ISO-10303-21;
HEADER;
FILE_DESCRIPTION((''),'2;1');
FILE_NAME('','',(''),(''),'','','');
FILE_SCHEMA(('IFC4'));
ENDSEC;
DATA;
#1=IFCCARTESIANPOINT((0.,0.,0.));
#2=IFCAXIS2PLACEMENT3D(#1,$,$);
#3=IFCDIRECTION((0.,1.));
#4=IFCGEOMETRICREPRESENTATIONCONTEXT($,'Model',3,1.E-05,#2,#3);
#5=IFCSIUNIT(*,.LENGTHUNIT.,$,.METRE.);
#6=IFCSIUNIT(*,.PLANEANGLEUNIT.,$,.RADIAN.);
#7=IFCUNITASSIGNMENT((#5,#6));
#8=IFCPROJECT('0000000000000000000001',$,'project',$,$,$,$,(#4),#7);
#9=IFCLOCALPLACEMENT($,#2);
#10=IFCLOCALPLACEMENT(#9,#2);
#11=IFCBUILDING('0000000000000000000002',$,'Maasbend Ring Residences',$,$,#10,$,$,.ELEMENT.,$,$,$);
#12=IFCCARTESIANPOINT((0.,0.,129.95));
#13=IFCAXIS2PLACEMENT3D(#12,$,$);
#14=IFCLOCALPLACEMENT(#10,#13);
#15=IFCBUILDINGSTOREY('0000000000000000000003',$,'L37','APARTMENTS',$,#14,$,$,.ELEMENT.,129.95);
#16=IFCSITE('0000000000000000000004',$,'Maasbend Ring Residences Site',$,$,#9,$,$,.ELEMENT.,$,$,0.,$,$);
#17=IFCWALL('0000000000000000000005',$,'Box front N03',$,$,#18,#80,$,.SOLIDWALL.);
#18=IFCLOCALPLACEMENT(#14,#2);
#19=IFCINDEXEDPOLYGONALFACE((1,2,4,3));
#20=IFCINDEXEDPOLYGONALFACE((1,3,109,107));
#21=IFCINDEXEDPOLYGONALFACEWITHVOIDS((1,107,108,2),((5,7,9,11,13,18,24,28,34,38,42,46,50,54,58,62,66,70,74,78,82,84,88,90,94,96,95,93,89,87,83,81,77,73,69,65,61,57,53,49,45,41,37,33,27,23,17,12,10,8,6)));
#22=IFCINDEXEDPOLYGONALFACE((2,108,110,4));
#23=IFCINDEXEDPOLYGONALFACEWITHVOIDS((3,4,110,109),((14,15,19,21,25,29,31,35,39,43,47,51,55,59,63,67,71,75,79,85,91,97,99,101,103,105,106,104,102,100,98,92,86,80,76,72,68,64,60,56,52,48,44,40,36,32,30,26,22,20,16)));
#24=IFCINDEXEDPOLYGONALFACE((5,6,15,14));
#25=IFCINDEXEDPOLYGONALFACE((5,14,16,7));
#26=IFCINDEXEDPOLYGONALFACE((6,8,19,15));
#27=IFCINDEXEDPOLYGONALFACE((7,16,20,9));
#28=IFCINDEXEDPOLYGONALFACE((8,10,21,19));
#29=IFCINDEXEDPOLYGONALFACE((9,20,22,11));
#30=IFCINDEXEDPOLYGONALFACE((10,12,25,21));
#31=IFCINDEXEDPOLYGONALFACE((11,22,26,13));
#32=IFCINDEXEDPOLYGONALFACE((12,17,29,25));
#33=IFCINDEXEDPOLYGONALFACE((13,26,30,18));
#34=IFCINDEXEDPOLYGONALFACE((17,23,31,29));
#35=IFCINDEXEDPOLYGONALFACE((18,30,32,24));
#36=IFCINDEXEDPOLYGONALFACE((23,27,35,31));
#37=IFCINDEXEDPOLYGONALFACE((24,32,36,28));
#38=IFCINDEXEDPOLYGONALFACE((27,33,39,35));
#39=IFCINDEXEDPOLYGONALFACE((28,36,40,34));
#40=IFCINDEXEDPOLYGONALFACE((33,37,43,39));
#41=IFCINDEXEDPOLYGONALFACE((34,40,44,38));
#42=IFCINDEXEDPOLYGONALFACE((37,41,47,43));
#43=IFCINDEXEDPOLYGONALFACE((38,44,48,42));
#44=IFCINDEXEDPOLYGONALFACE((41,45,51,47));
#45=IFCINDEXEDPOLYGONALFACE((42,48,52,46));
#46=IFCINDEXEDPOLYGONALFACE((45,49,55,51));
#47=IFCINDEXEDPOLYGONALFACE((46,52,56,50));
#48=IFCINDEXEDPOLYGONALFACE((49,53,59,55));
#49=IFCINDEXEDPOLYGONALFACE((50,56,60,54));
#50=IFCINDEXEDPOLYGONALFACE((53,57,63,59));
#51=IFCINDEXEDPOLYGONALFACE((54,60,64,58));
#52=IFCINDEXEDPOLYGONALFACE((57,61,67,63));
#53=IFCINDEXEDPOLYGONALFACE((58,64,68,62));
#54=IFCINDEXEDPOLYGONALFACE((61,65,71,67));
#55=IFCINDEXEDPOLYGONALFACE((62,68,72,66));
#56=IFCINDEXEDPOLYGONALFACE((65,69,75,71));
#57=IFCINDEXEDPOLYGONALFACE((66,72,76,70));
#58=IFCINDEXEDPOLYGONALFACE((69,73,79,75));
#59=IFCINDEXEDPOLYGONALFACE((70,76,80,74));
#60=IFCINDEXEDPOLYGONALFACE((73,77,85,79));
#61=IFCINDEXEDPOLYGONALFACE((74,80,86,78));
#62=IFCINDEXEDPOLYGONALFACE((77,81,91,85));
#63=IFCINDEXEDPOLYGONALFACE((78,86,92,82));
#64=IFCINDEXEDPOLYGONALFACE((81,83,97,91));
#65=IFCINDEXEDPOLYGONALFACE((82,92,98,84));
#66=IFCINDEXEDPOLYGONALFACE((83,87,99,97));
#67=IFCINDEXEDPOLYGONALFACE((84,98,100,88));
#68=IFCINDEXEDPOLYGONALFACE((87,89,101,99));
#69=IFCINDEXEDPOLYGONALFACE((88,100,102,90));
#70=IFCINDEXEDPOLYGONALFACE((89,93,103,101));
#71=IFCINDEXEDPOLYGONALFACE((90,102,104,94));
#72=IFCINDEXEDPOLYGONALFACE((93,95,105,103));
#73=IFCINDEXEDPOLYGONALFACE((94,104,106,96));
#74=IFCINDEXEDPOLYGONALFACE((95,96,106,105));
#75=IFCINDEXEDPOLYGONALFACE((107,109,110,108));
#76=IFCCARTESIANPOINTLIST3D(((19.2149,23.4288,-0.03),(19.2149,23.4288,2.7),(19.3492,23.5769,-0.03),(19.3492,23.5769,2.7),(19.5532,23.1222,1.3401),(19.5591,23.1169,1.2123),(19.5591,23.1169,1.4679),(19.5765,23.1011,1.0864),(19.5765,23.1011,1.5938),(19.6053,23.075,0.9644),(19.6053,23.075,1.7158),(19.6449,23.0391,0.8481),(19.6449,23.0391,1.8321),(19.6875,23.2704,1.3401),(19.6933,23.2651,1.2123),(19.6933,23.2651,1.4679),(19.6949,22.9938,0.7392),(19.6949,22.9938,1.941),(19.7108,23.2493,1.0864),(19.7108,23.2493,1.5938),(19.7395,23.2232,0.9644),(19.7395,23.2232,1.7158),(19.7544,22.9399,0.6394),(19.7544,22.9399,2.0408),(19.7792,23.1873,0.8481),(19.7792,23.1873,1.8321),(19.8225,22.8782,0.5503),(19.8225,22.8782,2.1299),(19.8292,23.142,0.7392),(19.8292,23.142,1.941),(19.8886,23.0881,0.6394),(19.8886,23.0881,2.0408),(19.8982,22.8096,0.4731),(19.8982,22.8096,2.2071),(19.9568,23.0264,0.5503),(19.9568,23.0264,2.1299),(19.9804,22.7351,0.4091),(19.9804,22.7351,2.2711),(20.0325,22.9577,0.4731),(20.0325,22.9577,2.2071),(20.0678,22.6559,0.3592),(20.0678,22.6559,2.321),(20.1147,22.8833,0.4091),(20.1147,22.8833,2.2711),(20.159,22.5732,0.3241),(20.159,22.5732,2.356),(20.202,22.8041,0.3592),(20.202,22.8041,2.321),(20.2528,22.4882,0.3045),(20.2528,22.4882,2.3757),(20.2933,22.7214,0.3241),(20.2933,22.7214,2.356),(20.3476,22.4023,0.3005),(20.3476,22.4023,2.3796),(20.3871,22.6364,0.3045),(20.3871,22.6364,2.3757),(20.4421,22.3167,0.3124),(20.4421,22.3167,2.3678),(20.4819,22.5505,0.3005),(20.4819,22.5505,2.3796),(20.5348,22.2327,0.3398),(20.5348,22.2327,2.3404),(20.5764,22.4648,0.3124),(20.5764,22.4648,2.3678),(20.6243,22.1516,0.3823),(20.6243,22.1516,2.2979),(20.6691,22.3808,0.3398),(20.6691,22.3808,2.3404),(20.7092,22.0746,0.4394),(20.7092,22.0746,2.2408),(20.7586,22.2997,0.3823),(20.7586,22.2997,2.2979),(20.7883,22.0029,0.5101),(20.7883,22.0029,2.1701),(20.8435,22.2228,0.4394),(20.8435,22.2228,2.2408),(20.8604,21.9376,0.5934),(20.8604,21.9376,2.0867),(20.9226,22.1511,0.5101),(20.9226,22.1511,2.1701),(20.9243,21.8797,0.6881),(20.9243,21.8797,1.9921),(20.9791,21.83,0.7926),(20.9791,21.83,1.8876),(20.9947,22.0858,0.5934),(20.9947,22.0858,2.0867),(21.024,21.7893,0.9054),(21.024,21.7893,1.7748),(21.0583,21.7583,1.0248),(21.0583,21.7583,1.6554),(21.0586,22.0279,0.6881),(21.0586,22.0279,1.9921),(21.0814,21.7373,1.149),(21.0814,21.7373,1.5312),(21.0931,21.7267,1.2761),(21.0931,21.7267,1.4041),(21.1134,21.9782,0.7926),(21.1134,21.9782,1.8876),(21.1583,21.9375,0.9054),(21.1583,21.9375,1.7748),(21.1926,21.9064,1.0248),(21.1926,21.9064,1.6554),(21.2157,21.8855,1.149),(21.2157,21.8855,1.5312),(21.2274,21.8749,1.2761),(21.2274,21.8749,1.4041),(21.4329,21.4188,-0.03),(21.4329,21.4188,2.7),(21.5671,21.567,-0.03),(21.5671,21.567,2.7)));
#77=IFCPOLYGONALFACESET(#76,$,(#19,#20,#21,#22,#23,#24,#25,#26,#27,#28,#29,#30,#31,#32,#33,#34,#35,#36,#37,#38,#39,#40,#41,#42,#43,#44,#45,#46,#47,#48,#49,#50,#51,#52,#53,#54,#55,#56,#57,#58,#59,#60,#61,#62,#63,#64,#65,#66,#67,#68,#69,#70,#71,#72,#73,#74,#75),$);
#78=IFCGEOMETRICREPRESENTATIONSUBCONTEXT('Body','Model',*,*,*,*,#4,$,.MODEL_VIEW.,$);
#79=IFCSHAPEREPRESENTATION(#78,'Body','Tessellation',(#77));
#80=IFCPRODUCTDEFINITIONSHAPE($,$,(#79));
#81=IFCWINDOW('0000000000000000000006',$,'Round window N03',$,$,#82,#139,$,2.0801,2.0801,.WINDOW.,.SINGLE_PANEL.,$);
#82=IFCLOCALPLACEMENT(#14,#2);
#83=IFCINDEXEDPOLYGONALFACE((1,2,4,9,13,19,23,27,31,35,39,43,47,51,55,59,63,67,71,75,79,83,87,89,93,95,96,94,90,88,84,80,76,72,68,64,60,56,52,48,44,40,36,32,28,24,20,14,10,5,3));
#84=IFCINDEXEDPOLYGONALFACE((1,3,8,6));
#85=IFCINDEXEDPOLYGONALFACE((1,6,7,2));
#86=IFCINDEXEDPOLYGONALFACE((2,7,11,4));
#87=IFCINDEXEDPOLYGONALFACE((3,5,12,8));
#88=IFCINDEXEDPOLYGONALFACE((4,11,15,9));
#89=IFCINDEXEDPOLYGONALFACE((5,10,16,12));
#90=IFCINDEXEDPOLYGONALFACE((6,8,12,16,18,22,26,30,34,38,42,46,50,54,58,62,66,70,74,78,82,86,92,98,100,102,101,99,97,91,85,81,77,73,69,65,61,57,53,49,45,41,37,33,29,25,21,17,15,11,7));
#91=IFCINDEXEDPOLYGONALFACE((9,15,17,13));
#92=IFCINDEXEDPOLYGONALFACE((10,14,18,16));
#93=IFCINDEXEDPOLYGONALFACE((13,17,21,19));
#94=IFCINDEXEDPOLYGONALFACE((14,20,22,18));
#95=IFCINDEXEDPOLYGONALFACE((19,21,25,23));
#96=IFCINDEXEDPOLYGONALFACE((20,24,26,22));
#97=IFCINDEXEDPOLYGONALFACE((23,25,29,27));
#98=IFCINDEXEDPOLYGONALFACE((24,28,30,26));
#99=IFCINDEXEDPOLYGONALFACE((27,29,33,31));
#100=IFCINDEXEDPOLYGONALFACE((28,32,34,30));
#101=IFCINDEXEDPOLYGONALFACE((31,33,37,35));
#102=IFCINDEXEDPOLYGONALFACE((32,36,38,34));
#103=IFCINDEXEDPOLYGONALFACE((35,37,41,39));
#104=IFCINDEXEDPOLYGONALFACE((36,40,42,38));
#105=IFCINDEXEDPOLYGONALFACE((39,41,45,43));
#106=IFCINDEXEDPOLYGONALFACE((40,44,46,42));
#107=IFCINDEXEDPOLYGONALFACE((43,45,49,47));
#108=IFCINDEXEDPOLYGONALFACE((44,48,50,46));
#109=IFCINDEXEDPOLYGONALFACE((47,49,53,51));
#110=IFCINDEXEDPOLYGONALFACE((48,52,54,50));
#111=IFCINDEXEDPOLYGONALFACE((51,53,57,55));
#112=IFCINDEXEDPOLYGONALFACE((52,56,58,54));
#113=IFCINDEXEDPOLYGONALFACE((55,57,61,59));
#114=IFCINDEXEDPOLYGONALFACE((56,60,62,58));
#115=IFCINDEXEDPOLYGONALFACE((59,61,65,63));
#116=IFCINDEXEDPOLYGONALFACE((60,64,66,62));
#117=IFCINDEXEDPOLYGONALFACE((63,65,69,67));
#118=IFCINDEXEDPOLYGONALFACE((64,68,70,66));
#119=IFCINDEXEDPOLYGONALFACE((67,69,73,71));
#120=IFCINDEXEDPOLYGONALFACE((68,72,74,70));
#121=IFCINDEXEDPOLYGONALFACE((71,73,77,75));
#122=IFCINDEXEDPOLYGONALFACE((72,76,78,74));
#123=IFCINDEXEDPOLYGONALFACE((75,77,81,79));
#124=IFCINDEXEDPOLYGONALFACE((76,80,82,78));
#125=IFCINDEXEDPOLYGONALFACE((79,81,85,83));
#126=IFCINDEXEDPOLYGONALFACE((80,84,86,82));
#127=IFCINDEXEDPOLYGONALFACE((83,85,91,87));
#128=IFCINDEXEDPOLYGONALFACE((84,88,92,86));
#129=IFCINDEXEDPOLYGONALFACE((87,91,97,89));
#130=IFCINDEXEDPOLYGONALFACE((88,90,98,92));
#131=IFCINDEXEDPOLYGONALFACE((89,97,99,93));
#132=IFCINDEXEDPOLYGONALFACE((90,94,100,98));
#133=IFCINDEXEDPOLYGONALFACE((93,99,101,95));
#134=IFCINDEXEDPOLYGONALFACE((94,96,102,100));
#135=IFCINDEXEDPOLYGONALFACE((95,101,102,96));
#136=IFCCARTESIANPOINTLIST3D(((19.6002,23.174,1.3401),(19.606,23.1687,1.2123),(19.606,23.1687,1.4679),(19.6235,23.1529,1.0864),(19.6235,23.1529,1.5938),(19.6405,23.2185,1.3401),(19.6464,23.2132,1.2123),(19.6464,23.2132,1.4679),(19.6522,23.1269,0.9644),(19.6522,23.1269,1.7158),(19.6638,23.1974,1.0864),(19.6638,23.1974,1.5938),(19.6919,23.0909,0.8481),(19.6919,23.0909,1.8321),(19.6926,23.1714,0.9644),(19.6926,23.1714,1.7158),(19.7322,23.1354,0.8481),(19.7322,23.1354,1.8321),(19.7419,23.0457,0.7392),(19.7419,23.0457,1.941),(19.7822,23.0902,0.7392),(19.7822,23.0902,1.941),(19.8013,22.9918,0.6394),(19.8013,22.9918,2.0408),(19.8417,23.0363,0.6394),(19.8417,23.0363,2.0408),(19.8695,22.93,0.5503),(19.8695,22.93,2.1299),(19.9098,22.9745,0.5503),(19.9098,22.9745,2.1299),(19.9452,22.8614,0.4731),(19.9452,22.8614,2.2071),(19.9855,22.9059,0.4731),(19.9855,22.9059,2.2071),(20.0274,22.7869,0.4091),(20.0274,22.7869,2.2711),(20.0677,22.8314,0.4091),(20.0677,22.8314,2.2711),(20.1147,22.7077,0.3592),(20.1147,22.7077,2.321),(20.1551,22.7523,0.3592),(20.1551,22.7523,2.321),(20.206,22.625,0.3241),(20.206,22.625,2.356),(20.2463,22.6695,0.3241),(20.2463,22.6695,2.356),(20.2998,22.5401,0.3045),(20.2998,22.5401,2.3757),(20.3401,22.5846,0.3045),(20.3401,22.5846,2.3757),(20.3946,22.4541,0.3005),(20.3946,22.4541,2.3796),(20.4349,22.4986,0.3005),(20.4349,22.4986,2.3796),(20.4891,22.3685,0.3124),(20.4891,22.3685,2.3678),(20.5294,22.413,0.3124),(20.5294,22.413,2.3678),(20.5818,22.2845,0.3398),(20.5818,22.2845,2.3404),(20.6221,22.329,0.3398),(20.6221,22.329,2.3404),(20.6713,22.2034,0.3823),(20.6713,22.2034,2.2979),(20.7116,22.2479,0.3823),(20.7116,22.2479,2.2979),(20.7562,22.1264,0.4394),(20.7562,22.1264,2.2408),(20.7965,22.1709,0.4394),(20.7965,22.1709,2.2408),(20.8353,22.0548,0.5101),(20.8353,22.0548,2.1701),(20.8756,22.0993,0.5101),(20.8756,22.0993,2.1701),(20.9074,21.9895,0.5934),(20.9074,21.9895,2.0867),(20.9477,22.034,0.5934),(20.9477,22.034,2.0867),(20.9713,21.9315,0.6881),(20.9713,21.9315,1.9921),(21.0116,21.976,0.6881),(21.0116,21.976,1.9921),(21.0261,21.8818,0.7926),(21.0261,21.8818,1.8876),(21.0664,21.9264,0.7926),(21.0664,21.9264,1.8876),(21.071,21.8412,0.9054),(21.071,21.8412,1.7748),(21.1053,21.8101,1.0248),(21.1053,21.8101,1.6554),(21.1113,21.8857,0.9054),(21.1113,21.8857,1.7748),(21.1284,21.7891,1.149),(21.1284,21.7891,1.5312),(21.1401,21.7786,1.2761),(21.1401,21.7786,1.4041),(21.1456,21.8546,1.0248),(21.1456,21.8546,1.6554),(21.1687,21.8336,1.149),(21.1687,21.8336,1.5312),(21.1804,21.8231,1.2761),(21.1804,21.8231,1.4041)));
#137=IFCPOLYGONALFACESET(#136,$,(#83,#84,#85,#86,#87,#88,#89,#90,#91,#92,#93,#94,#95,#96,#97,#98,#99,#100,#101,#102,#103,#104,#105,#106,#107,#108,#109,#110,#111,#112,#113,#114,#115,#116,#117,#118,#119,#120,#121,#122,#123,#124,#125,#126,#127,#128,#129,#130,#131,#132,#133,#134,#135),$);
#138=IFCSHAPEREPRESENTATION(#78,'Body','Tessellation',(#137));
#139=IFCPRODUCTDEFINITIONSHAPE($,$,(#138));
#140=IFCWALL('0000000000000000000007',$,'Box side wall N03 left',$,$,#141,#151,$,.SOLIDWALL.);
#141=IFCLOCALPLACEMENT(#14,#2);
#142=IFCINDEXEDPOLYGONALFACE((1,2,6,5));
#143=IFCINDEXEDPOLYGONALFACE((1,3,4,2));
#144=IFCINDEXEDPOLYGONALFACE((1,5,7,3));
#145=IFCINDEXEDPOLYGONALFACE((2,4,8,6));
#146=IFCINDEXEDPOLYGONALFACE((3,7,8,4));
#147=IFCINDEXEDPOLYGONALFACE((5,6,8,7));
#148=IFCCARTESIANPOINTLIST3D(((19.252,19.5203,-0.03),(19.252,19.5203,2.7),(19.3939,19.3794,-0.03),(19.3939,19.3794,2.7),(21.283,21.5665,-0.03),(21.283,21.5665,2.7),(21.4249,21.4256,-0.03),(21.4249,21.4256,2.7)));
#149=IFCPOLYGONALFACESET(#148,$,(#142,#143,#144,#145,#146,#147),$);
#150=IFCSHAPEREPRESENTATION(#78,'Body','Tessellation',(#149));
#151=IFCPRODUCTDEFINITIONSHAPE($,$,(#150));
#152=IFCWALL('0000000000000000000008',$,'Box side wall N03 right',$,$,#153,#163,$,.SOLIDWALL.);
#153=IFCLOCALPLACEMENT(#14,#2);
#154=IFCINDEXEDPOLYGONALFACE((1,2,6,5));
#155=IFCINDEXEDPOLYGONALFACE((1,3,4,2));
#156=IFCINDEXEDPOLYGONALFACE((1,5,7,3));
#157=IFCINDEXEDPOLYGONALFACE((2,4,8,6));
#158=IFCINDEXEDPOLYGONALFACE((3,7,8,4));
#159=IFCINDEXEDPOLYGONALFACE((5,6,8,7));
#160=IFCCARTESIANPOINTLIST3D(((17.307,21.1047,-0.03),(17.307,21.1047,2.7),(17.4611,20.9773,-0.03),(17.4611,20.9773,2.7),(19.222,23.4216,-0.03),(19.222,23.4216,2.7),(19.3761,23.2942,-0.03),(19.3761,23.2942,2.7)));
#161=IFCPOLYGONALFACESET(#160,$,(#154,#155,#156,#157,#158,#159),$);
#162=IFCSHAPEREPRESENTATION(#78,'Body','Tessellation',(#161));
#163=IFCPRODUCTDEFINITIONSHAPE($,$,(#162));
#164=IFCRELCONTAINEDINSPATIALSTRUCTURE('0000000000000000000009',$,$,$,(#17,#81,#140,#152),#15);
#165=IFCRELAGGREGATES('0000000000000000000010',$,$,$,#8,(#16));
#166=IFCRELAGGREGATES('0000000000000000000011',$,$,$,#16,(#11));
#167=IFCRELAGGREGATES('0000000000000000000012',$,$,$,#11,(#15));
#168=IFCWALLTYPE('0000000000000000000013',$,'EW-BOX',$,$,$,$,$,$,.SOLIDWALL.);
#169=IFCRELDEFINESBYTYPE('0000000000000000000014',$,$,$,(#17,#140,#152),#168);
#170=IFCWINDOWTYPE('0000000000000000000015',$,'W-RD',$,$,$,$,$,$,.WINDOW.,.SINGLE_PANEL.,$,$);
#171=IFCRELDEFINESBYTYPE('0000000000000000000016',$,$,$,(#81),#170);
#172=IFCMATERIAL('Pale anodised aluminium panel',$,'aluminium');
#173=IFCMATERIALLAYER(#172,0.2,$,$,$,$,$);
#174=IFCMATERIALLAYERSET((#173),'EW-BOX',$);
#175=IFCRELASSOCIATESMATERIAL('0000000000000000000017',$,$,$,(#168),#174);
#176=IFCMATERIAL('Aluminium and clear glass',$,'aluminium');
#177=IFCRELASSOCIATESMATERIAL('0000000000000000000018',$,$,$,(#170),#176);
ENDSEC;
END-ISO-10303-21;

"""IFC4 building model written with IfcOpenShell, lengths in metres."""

from ifc_helpers import new_model, si_unit, direction, frame, frame_2d, origin, place, context, subcontext, project, spatial, rectangle, circle, extrude, material, layer, layer_set, type_object, element, fill, save


model = new_model("IFC4")

# Units and contexts
model_context = context("Model", 3, precision=1e-05, world=origin(), true_north=direction((0.0, 1.0)))
body_context = subcontext(model_context, "Body", "Model", "MODEL_VIEW")
ifc_project = project(units=[si_unit("LENGTHUNIT", "METRE"), si_unit("PLANEANGLEUNIT", "RADIAN")], contexts=[model_context])

# Site, building, storey
site_placement = place(None, origin())
site = spatial("IfcSite", under=ifc_project, at=site_placement, Name="Maasbend Ring Residences Site", CompositionType="ELEMENT", RefElevation=0.0)
building_placement = place(site_placement, origin())
building = spatial("IfcBuilding", under=site, at=building_placement, Name="Maasbend Ring Residences", CompositionType="ELEMENT")
storey_placement = place(building_placement, frame((0.0, 0.0, 129.95)))
storey = spatial("IfcBuildingStorey", under=building, at=storey_placement, Name="L37", Description="APARTMENTS", CompositionType="ELEMENT", Elevation=129.95)

# Wall, opening, window
ifc_material_1 = material(Name="Pale anodised aluminium panel", Category="aluminium")
ifc_layer_1 = layer(ifc_material_1, 0.2)
ifc_layer_set_1 = layer_set([ifc_layer_1], Name="EW-BOX")
wall_type_1 = type_object("IfcWallType", Name="EW-BOX", PredefinedType="SOLIDWALL", material=ifc_layer_set_1)
wall_1_placement = place(storey_placement, frame((21.5, 21.4929, -0.03), z_axis=(0.0, 0.0, 1.0), x_axis=(-0.740998, 0.671507, 0.0)))
wall_1 = element("IfcWall", 1, at=wall_1_placement, inside=storey, type_object=wall_type_1, Name="Box front N03", PredefinedType="SOLIDWALL", context=body_context, shape_type="SweptSolid", body=[
    extrude(rectangle(XDim=2.9932, YDim=0.2, at=frame_2d((1.4966, 0.0))), origin(), (0.0, 0.0, 1.0), 2.73),
])
opening_1_placement = place(wall_1_placement, frame((0.4565, 0.0, 0.3301)))
opening_1 = element("IfcOpeningElement", 2, at=opening_1_placement, cuts=wall_1, PredefinedType="OPENING", context=body_context, shape_type="SweptSolid", body=[
    extrude(circle(Radius=1.04, at=frame_2d((1.04, 1.04))), frame((0.0, 0.1099, 0.0), z_axis=(0.0, -1.0, 0.0), x_axis=(1.0, 0.0, 0.0)), (0.0, 0.0, 1.0), 0.22),
])
ifc_material_2 = material(Name="Aluminium and clear glass", Category="aluminium")
window_type_1 = type_object("IfcWindowType", Name="W-RD", PartitioningType="SINGLE_PANEL", PredefinedType="WINDOW", material=ifc_material_2)
window_1_placement = place(opening_1_placement, origin())
window_1 = element("IfcWindow", 3, at=window_1_placement, inside=storey, type_object=window_type_1, Name="Round window N03", OverallHeight=2.0801, OverallWidth=2.0801, PartitioningType="SINGLE_PANEL", PredefinedType="WINDOW", context=body_context, shape_type="SweptSolid", body=[
    extrude(circle(Radius=1.04, at=frame_2d((1.04, 1.04))), frame((0.0, 0.03, 0.0), z_axis=(0.0, -1.0, 0.0), x_axis=(1.0, 0.0, 0.0)), (0.0, 0.0, 1.0), 0.0601),
])
fill(opening_1, window_1)

# Walls
wall_2_placement = place(storey_placement, frame((19.323, 19.45, -0.03), z_axis=(0.0, 0.0, 1.0), x_axis=(0.704477, 0.709727, 0.0)))
element("IfcWall", 4, at=wall_2_placement, inside=storey, type_object=wall_type_1, Name="Box side wall N03 left", PredefinedType="SOLIDWALL", context=body_context, shape_type="SweptSolid", body=[
    extrude(rectangle(XDim=2.8831, YDim=0.2, at=frame_2d((1.4414, 0.0))), origin(), (0.0, 0.0, 1.0), 2.73),
])
wall_3_placement = place(storey_placement, frame((17.384, 21.041, -0.03), z_axis=(0.0, 0.0, 1.0), x_axis=(0.637096, 0.770785, 0.0)))
element("IfcWall", 5, at=wall_3_placement, inside=storey, type_object=wall_type_1, Name="Box side wall N03 right", PredefinedType="SOLIDWALL", context=body_context, shape_type="SweptSolid", body=[
    extrude(rectangle(XDim=3.0059, YDim=0.2, at=frame_2d((1.5029, 0.0))), origin(), (0.0, 0.0, 1.0), 2.73),
])

save(model, "model.ifc")
